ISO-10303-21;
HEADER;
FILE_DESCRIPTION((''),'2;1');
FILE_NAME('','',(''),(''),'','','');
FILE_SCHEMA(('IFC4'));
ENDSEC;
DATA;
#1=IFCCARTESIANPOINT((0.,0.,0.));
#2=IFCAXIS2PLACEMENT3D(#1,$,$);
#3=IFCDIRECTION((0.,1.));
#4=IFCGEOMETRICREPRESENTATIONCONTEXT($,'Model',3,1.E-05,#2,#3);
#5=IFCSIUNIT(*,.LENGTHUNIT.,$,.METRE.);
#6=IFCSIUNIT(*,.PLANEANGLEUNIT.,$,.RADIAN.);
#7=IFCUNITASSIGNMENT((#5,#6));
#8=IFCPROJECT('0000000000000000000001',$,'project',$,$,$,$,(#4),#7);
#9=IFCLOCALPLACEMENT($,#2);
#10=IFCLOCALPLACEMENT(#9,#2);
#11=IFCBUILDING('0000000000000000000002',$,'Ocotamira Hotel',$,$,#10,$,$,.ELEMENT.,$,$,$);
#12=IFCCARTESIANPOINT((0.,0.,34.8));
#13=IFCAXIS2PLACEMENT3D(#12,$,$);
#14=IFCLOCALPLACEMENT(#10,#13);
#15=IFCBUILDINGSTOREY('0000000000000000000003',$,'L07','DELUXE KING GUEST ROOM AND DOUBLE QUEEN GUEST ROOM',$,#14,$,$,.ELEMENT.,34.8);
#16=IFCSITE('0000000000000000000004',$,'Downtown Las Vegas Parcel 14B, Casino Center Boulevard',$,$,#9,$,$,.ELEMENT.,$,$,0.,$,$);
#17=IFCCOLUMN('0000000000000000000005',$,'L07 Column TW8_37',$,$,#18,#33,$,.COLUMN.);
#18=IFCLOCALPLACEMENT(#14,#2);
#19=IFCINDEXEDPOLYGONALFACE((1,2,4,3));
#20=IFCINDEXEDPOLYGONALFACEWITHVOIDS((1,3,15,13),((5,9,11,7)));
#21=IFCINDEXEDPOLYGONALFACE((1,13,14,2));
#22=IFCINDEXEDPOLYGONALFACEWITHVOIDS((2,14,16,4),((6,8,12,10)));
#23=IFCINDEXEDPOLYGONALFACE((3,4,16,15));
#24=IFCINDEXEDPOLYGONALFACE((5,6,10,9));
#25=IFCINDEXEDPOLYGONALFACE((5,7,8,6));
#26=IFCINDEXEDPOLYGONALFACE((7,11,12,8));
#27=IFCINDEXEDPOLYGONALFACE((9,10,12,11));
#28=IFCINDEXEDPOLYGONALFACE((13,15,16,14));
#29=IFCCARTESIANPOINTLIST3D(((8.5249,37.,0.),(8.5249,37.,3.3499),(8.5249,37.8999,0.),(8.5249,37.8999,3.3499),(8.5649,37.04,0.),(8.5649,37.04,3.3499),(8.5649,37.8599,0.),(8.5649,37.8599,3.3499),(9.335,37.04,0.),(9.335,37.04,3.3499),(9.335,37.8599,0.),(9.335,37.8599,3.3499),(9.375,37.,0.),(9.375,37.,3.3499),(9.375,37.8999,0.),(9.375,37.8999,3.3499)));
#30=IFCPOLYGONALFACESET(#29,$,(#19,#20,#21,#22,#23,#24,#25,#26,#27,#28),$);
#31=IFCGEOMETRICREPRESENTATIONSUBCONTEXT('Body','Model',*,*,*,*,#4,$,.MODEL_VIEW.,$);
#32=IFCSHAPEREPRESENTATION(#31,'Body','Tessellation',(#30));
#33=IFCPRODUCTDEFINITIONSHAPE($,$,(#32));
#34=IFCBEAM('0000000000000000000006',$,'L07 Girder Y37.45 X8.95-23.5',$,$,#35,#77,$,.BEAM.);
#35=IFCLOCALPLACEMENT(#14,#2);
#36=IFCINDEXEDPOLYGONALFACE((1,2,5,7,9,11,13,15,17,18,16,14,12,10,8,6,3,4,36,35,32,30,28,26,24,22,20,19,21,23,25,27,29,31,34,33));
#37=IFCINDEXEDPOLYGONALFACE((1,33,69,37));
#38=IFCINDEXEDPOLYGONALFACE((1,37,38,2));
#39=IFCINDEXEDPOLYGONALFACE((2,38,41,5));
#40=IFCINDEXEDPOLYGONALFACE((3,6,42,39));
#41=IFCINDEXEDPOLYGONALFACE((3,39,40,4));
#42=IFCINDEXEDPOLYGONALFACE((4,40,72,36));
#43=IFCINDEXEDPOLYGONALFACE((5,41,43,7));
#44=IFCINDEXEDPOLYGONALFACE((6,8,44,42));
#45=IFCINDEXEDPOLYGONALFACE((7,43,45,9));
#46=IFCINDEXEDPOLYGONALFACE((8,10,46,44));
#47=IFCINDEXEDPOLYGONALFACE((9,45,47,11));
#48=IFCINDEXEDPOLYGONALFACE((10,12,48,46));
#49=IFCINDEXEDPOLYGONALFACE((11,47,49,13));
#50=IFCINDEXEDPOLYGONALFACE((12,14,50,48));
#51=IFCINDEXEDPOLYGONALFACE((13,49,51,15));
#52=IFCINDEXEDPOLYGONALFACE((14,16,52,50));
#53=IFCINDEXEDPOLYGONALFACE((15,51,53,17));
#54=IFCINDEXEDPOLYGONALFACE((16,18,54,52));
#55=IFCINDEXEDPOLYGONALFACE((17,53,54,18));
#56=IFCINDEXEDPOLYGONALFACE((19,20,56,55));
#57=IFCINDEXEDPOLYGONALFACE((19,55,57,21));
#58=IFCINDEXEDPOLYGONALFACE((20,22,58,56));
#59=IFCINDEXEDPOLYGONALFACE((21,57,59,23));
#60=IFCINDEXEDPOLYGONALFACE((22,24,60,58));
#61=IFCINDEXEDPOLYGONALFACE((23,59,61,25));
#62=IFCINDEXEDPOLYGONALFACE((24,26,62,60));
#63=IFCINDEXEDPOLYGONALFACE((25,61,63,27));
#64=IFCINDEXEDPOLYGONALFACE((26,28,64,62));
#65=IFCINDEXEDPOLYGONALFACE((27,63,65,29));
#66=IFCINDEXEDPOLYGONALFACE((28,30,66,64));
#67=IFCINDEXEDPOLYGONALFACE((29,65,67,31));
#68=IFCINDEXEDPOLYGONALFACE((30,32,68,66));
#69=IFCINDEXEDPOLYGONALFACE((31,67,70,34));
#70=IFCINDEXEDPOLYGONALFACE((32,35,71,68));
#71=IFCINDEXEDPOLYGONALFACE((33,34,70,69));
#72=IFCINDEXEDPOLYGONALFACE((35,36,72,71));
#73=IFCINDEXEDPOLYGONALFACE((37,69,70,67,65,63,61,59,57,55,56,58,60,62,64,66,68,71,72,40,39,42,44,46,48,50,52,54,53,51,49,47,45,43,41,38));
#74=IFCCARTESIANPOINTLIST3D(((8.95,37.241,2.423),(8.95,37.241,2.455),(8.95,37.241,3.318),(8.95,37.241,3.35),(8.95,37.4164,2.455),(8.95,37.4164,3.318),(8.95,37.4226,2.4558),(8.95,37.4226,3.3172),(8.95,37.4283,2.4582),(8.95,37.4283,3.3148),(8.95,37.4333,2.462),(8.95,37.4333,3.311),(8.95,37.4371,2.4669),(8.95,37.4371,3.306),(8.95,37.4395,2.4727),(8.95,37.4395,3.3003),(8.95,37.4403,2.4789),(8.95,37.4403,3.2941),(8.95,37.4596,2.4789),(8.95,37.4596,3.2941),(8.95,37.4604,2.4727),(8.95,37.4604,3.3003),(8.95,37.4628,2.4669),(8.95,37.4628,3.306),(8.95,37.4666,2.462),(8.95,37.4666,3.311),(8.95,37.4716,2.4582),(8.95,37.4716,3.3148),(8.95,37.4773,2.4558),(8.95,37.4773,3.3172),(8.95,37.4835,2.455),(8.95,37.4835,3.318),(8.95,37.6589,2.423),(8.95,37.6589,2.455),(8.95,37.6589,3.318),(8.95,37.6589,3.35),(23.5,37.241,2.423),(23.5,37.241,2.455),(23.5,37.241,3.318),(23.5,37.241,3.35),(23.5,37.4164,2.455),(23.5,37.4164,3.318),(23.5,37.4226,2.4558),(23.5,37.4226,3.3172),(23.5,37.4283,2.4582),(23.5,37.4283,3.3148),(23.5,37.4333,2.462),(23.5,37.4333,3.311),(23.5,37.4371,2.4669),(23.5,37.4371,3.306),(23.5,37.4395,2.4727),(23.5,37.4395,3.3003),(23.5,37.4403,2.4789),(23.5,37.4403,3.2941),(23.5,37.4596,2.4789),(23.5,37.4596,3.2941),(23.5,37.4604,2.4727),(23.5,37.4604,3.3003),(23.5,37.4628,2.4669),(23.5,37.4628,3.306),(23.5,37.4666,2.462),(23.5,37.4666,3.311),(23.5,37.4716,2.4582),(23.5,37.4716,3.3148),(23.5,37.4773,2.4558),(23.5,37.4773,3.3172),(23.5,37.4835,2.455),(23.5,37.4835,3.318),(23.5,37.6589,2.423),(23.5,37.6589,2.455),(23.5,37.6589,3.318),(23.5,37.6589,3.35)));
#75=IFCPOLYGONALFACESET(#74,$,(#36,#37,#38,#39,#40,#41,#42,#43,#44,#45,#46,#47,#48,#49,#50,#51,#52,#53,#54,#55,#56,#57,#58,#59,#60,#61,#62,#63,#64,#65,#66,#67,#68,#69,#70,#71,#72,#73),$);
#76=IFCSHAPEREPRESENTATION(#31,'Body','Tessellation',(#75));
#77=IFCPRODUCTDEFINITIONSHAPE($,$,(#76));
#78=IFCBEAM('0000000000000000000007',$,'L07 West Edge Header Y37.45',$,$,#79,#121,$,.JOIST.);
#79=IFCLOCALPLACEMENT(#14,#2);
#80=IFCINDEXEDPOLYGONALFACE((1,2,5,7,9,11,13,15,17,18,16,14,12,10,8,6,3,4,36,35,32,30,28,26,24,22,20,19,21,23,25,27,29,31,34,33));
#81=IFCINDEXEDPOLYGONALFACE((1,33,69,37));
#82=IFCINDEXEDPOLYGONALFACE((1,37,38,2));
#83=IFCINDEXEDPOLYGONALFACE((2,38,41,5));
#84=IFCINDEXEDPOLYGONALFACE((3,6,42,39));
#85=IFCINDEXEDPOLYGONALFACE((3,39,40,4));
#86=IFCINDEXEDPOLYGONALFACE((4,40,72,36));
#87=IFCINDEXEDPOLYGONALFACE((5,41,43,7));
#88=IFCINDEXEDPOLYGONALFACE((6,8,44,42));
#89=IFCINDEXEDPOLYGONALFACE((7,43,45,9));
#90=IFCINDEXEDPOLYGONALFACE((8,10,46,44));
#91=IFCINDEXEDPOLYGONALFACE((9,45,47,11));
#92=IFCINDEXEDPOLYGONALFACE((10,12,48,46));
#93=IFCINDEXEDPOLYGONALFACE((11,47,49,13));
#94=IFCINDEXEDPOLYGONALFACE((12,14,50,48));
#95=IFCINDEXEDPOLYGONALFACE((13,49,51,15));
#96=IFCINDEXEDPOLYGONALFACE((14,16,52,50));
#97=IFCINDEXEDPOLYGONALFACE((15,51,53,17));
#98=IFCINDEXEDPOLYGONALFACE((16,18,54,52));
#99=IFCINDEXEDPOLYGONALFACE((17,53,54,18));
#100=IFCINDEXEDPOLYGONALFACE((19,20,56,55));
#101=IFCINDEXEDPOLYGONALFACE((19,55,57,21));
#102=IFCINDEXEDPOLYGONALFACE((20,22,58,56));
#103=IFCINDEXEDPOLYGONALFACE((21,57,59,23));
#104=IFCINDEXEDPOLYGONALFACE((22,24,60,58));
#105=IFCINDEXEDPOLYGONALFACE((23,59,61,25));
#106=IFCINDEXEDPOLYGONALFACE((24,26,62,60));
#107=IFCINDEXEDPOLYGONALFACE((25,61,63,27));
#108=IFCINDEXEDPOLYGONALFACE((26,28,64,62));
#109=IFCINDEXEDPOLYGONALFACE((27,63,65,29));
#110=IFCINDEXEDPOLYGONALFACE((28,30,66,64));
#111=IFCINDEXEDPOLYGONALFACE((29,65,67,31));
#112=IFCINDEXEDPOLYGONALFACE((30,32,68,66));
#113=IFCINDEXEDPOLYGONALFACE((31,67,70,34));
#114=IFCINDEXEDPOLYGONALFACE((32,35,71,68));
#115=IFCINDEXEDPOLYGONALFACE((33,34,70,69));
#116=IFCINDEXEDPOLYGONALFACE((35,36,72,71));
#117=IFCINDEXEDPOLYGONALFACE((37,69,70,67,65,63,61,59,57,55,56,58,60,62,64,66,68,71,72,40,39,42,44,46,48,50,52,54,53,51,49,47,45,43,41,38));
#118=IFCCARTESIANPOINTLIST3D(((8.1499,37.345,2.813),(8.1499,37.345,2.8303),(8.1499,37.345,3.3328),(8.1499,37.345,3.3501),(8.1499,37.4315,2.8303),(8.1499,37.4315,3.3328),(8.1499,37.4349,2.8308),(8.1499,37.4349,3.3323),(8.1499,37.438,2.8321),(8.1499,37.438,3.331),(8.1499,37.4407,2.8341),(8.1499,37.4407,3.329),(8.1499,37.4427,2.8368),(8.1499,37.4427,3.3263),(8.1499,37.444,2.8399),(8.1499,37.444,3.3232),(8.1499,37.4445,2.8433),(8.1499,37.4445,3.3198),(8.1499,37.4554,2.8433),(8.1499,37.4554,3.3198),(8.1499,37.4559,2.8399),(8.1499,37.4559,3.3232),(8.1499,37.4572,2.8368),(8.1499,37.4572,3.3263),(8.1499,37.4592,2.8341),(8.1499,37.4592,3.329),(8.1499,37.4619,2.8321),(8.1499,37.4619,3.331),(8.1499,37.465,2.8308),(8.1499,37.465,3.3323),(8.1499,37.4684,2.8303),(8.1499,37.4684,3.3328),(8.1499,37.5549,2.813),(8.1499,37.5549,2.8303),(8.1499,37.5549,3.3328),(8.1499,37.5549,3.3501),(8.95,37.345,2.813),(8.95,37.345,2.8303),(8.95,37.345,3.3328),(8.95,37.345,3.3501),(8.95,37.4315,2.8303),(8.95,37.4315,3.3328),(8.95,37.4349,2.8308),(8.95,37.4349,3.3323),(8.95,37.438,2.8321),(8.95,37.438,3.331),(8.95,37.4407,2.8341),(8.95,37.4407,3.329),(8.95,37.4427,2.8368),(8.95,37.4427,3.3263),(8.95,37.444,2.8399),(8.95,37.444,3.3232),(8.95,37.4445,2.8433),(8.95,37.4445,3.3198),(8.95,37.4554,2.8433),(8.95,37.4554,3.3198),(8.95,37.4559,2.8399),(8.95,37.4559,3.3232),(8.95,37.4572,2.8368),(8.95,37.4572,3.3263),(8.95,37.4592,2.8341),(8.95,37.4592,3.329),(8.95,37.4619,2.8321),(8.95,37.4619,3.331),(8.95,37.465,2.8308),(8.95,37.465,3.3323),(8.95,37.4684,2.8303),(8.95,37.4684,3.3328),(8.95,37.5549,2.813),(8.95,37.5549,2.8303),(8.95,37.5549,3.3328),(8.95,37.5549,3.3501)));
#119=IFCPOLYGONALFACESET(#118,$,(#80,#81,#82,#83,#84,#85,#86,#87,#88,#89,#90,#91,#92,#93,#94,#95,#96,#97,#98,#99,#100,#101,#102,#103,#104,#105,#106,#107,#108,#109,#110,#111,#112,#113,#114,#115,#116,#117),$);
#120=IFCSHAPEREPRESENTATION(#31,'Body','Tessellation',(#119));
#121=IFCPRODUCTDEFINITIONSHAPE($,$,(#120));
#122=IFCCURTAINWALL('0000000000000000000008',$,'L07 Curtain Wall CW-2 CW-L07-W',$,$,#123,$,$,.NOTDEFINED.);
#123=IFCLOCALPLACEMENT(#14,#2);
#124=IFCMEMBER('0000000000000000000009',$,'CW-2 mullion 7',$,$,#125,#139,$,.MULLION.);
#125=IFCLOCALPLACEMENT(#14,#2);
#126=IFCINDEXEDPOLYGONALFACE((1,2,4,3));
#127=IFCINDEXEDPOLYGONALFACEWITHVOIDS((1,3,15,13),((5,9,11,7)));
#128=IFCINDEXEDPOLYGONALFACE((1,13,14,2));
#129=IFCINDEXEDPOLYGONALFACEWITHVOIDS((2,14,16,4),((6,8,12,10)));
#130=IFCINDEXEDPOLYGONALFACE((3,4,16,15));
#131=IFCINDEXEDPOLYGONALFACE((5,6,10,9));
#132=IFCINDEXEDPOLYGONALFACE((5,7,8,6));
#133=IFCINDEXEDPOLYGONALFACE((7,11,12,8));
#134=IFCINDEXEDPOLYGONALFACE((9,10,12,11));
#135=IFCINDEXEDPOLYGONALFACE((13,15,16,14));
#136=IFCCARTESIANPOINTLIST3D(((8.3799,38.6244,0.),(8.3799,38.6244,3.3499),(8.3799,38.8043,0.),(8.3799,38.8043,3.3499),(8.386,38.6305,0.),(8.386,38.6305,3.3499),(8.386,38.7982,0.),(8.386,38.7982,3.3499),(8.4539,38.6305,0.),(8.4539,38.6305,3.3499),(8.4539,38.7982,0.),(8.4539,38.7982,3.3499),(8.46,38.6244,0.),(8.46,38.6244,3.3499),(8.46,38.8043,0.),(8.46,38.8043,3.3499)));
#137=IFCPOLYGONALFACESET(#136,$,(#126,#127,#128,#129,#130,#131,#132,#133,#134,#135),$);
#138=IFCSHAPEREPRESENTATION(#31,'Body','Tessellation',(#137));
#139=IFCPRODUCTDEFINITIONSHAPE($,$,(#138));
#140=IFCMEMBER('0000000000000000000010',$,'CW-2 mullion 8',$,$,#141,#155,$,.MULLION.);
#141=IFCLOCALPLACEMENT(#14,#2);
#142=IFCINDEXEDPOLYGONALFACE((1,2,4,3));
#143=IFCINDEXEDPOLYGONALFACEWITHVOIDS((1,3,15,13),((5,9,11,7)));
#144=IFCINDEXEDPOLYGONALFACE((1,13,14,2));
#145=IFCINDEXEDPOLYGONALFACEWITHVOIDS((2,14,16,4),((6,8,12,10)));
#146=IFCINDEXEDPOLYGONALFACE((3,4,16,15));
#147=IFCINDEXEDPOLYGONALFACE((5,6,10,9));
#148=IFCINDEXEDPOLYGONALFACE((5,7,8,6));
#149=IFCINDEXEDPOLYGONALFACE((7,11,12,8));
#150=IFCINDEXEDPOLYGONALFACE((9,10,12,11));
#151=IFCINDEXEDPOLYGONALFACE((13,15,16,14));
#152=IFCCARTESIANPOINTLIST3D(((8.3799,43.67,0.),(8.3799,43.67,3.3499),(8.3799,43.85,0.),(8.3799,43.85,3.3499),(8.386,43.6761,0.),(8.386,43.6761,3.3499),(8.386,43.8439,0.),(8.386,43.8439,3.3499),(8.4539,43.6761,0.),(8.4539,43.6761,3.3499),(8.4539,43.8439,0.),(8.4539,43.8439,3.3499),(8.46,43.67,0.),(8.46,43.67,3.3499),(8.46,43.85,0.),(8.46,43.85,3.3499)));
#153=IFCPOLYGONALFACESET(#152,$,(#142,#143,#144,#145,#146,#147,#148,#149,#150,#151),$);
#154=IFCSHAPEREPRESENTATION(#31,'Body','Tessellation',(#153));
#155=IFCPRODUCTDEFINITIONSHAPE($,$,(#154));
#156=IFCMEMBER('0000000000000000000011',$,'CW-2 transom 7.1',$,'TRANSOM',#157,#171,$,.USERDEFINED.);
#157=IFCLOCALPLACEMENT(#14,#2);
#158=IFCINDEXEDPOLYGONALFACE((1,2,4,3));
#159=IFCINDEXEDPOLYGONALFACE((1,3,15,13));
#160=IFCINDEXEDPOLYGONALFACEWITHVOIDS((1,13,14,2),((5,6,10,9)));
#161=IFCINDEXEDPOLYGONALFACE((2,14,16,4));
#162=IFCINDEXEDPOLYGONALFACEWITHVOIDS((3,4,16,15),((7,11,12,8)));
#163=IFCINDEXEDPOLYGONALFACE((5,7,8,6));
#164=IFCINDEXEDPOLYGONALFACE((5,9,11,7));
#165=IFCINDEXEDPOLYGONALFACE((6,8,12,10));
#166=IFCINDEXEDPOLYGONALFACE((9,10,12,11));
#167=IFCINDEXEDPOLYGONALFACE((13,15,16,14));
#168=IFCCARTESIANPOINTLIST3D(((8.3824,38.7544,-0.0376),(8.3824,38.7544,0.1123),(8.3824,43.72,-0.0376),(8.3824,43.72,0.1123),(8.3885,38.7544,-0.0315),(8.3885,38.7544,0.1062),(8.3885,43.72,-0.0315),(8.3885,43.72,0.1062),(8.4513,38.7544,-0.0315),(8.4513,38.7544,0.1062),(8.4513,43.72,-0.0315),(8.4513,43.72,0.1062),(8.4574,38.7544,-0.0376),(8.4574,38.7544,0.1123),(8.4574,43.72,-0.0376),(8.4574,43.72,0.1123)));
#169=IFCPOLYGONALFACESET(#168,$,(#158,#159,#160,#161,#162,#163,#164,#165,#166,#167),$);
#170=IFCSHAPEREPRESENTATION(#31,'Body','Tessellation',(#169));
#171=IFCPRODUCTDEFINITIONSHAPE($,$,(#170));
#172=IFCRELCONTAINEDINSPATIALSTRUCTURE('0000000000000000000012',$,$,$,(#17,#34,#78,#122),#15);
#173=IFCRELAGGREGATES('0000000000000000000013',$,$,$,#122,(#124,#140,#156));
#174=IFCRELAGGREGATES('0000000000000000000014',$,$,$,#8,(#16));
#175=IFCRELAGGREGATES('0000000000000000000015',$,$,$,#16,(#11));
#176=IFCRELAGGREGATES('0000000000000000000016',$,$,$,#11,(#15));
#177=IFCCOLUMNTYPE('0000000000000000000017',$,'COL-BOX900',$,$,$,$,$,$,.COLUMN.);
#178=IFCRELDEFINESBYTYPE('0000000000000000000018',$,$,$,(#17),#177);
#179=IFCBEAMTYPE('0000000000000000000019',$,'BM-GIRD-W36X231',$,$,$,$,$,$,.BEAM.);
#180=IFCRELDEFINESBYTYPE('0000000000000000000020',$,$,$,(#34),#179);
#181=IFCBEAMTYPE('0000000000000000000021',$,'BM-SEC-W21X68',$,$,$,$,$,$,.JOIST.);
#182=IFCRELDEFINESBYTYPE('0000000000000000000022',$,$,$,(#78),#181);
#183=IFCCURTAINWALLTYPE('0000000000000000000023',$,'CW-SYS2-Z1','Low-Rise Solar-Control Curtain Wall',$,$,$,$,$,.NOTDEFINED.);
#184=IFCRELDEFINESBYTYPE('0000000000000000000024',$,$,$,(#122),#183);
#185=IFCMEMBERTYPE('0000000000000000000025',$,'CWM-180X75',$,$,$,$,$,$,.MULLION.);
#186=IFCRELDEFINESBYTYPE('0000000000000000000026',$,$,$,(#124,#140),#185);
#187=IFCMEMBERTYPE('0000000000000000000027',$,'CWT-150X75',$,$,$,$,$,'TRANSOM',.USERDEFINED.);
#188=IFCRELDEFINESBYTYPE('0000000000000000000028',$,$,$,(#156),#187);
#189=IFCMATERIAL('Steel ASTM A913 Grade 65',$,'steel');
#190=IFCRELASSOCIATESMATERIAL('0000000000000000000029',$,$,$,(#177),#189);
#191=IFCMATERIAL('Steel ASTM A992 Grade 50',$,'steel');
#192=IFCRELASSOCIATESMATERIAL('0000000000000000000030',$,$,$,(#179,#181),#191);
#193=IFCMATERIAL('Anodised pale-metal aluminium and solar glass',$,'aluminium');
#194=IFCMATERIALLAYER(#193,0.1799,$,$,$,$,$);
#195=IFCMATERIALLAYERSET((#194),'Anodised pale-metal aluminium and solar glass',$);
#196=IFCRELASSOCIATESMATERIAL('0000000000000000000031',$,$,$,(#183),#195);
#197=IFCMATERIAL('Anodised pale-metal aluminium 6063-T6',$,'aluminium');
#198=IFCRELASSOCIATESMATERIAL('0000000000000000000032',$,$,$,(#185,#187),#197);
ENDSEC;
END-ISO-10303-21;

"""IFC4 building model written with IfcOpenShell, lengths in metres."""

from ifc_helpers import new_model, si_unit, direction, frame, origin, origin_2d, place, context, subcontext, project, spatial, hollow_rectangle, i_section, extrude, source, transform, mapped, material, layer, layer_set, material_profile, profile_set, type_object, element, aggregate, save


model = new_model("IFC4")

# Units and contexts
model_context = context("Model", 3, precision=1e-05, world=origin(), true_north=direction((0.0, 1.0)))
body_context = subcontext(model_context, "Body", "Model", "MODEL_VIEW")
ifc_project = project(units=[si_unit("LENGTHUNIT", "METRE"), si_unit("PLANEANGLEUNIT", "RADIAN")], contexts=[model_context])

# Site, building, storey
site_placement = place(None, origin())
site = spatial("IfcSite", under=ifc_project, at=site_placement, Name="Downtown Las Vegas Parcel 14B, Casino Center Boulevard", CompositionType="ELEMENT", RefElevation=0.0)
building_placement = place(site_placement, origin())
building = spatial("IfcBuilding", under=site, at=building_placement, Name="Ocotamira Hotel", CompositionType="ELEMENT")
storey_placement = place(building_placement, frame((0.0, 0.0, 34.8)))
storey = spatial("IfcBuildingStorey", under=building, at=storey_placement, Name="L07", Description="DELUXE KING GUEST ROOM AND DOUBLE QUEEN GUEST ROOM", CompositionType="ELEMENT", Elevation=34.8)

# Column
ifc_material_1 = material(Name="Steel ASTM A913 Grade 65", Category="steel")
ifc_material_profile_1 = material_profile(ifc_material_1, hollow_rectangle(XDim=0.8501, YDim=0.8999, WallThickness=0.04, at=origin_2d()), Name="BOX900X850X40")
ifc_profile_set_1 = profile_set([ifc_material_profile_1], Name="Steel ASTM A913 Grade 65")
column_type = type_object("IfcColumnType", Name="COL-BOX900", PredefinedType="COLUMN", material=ifc_profile_set_1)
shared_shape_1 = source(origin(), body_context, "Body", "SweptSolid", [
    extrude(hollow_rectangle(XDim=0.8501, YDim=0.8999, WallThickness=0.04, at=origin_2d()), origin(), (0.0, 0.0, 1.0), 3.3499),
])
column_placement = place(storey_placement, frame((8.95, 37.45, 0.0), z_axis=(0.0, 0.0, 1.0), x_axis=(1.0, 0.0, 0.0)))
element("IfcColumn", 1, at=column_placement, inside=storey, type_object=column_type, Name="L07 Column TW8_37", PredefinedType="COLUMN", context=body_context, shape_type="MappedRepresentation", body=[
    mapped(shared_shape_1, transform((0.0, 0.0, 0.0), scale=1.0)),
])

# Beams
ifc_material_2 = material(Name="Steel ASTM A992 Grade 50", Category="steel")
ifc_material_profile_2 = material_profile(ifc_material_2, i_section(OverallWidth=0.418, OverallDepth=0.927, WebThickness=0.0193, FlangeThickness=0.032, FilletRadius=0.0239, at=origin_2d()), Name="W36X231")
ifc_profile_set_2 = profile_set([ifc_material_profile_2], Name="Steel ASTM A992 Grade 50")
beam_type_1 = type_object("IfcBeamType", Name="BM-GIRD-W36X231", PredefinedType="BEAM", material=ifc_profile_set_2)
shared_shape_2 = source(origin(), body_context, "Body", "SweptSolid", [
    extrude(i_section(OverallWidth=0.418, OverallDepth=0.927, WebThickness=0.0193, FlangeThickness=0.032, FilletRadius=0.0239, at=origin_2d()), origin(), (0.0, 0.0, 1.0), 14.55),
])
beam_1_placement = place(storey_placement, frame((8.95, 37.45, 2.8865), z_axis=(1.0, 0.0, 0.0), x_axis=(0.0, 1.0, 0.0)))
element("IfcBeam", 2, at=beam_1_placement, inside=storey, type_object=beam_type_1, Name="L07 Girder Y37.45 X8.95-23.5", PredefinedType="BEAM", context=body_context, shape_type="MappedRepresentation", body=[
    mapped(shared_shape_2, transform((0.0, 0.0, 0.0), scale=1.0)),
])
ifc_material_profile_3 = material_profile(ifc_material_2, i_section(OverallWidth=0.21, OverallDepth=0.5371, WebThickness=0.011, FlangeThickness=0.0173, FilletRadius=0.0129, at=origin_2d()), Name="W21X68")
ifc_profile_set_3 = profile_set([ifc_material_profile_3], Name="Steel ASTM A992 Grade 50")
beam_type_2 = type_object("IfcBeamType", Name="BM-SEC-W21X68", PredefinedType="JOIST", material=ifc_profile_set_3)
shared_shape_3 = source(origin(), body_context, "Body", "SweptSolid", [
    extrude(i_section(OverallWidth=0.21, OverallDepth=0.5371, WebThickness=0.011, FlangeThickness=0.0173, FilletRadius=0.0129, at=origin_2d()), origin(), (0.0, 0.0, 1.0), 0.8),
])
beam_2_placement = place(storey_placement, frame((8.95, 37.45, 3.0815), z_axis=(-1.0, 0.0, 0.0), x_axis=(0.0, -1.0, 0.0)))
element("IfcBeam", 3, at=beam_2_placement, inside=storey, type_object=beam_type_2, Name="L07 West Edge Header Y37.45", PredefinedType="JOIST", context=body_context, shape_type="MappedRepresentation", body=[
    mapped(shared_shape_3, transform((0.0, 0.0, 0.0), scale=1.0)),
])

# Curtain wall, members
ifc_material_3 = material(Name="Anodised pale-metal aluminium and solar glass", Category="aluminium")
ifc_layer_1 = layer(ifc_material_3, 0.1799)
ifc_layer_set_1 = layer_set([ifc_layer_1], Name="Anodised pale-metal aluminium and solar glass")
curtain_wall_type = type_object("IfcCurtainWallType", Name="CW-SYS2-Z1", Description="Low-Rise Solar-Control Curtain Wall", PredefinedType="NOTDEFINED", material=ifc_layer_set_1)
curtain_wall_placement = place(storey_placement, origin())
curtain_wall = element("IfcCurtainWall", 4, at=curtain_wall_placement, inside=storey, type_object=curtain_wall_type, Name="L07 Curtain Wall CW-2 CW-L07-W", PredefinedType="NOTDEFINED")
ifc_material_4 = material(Name="Anodised pale-metal aluminium 6063-T6", Category="aluminium")
ifc_material_profile_4 = material_profile(ifc_material_4, hollow_rectangle(XDim=0.0801, YDim=0.1799, WallThickness=0.0061, at=origin_2d()), Name="HSS180X80X6")
ifc_profile_set_4 = profile_set([ifc_material_profile_4], Name="Anodised pale-metal aluminium 6063-T6")
member_type_1 = type_object("IfcMemberType", Name="CWM-180X75", PredefinedType="MULLION", material=ifc_profile_set_4)
shared_shape_4 = source(origin(), body_context, "Body", "SweptSolid", [
    extrude(hollow_rectangle(XDim=0.0801, YDim=0.1799, WallThickness=0.0061, at=origin_2d()), origin(), (0.0, 0.0, 1.0), 3.3499),
])
member_1_placement = place(storey_placement, frame((8.4199, 38.7144, 0.0), z_axis=(0.0, 0.0, 1.0), x_axis=(-1.0, 0.0, 0.0)))
member_1 = element("IfcMember", 5, at=member_1_placement, type_object=member_type_1, Name="CW-2 mullion 7", PredefinedType="MULLION", context=body_context, shape_type="MappedRepresentation", body=[
    mapped(shared_shape_4, transform((0.0, 0.0, 0.0), scale=1.0)),
])
member_2_placement = place(storey_placement, frame((8.4199, 43.76, 0.0), z_axis=(0.0, 0.0, 1.0), x_axis=(-1.0, 0.0, 0.0)))
member_2 = element("IfcMember", 6, at=member_2_placement, type_object=member_type_1, Name="CW-2 mullion 8", PredefinedType="MULLION", context=body_context, shape_type="MappedRepresentation", body=[
    mapped(shared_shape_4, transform((0.0, 0.0, 0.0), scale=1.0)),
])
ifc_material_profile_5 = material_profile(ifc_material_4, hollow_rectangle(XDim=0.075, YDim=0.1499, WallThickness=0.0061, at=origin_2d()), Name="HSS150X75X6")
ifc_profile_set_5 = profile_set([ifc_material_profile_5], Name="Anodised pale-metal aluminium 6063-T6")
member_type_2 = type_object("IfcMemberType", Name="CWT-150X75", ElementType="TRANSOM", PredefinedType="USERDEFINED", material=ifc_profile_set_5)
shared_shape_5 = source(origin(), body_context, "Body", "SweptSolid", [
    extrude(hollow_rectangle(XDim=0.075, YDim=0.1499, WallThickness=0.0061, at=origin_2d()), origin(), (0.0, 0.0, 1.0), 4.9656),
])
member_3_placement = place(storey_placement, frame((8.4199, 38.7544, 0.0374), z_axis=(0.0, 1.0, 0.0), x_axis=(-1.0, 0.0, 0.0)))
member_3 = element("IfcMember", 7, at=member_3_placement, type_object=member_type_2, Name="CW-2 transom 7.1", ObjectType="TRANSOM", PredefinedType="USERDEFINED", context=body_context, shape_type="MappedRepresentation", body=[
    mapped(shared_shape_5, transform((0.0, 0.0, 0.0), scale=1.0)),
])
aggregate(curtain_wall, [member_1, member_2, member_3])

save(model, "model.ifc")
